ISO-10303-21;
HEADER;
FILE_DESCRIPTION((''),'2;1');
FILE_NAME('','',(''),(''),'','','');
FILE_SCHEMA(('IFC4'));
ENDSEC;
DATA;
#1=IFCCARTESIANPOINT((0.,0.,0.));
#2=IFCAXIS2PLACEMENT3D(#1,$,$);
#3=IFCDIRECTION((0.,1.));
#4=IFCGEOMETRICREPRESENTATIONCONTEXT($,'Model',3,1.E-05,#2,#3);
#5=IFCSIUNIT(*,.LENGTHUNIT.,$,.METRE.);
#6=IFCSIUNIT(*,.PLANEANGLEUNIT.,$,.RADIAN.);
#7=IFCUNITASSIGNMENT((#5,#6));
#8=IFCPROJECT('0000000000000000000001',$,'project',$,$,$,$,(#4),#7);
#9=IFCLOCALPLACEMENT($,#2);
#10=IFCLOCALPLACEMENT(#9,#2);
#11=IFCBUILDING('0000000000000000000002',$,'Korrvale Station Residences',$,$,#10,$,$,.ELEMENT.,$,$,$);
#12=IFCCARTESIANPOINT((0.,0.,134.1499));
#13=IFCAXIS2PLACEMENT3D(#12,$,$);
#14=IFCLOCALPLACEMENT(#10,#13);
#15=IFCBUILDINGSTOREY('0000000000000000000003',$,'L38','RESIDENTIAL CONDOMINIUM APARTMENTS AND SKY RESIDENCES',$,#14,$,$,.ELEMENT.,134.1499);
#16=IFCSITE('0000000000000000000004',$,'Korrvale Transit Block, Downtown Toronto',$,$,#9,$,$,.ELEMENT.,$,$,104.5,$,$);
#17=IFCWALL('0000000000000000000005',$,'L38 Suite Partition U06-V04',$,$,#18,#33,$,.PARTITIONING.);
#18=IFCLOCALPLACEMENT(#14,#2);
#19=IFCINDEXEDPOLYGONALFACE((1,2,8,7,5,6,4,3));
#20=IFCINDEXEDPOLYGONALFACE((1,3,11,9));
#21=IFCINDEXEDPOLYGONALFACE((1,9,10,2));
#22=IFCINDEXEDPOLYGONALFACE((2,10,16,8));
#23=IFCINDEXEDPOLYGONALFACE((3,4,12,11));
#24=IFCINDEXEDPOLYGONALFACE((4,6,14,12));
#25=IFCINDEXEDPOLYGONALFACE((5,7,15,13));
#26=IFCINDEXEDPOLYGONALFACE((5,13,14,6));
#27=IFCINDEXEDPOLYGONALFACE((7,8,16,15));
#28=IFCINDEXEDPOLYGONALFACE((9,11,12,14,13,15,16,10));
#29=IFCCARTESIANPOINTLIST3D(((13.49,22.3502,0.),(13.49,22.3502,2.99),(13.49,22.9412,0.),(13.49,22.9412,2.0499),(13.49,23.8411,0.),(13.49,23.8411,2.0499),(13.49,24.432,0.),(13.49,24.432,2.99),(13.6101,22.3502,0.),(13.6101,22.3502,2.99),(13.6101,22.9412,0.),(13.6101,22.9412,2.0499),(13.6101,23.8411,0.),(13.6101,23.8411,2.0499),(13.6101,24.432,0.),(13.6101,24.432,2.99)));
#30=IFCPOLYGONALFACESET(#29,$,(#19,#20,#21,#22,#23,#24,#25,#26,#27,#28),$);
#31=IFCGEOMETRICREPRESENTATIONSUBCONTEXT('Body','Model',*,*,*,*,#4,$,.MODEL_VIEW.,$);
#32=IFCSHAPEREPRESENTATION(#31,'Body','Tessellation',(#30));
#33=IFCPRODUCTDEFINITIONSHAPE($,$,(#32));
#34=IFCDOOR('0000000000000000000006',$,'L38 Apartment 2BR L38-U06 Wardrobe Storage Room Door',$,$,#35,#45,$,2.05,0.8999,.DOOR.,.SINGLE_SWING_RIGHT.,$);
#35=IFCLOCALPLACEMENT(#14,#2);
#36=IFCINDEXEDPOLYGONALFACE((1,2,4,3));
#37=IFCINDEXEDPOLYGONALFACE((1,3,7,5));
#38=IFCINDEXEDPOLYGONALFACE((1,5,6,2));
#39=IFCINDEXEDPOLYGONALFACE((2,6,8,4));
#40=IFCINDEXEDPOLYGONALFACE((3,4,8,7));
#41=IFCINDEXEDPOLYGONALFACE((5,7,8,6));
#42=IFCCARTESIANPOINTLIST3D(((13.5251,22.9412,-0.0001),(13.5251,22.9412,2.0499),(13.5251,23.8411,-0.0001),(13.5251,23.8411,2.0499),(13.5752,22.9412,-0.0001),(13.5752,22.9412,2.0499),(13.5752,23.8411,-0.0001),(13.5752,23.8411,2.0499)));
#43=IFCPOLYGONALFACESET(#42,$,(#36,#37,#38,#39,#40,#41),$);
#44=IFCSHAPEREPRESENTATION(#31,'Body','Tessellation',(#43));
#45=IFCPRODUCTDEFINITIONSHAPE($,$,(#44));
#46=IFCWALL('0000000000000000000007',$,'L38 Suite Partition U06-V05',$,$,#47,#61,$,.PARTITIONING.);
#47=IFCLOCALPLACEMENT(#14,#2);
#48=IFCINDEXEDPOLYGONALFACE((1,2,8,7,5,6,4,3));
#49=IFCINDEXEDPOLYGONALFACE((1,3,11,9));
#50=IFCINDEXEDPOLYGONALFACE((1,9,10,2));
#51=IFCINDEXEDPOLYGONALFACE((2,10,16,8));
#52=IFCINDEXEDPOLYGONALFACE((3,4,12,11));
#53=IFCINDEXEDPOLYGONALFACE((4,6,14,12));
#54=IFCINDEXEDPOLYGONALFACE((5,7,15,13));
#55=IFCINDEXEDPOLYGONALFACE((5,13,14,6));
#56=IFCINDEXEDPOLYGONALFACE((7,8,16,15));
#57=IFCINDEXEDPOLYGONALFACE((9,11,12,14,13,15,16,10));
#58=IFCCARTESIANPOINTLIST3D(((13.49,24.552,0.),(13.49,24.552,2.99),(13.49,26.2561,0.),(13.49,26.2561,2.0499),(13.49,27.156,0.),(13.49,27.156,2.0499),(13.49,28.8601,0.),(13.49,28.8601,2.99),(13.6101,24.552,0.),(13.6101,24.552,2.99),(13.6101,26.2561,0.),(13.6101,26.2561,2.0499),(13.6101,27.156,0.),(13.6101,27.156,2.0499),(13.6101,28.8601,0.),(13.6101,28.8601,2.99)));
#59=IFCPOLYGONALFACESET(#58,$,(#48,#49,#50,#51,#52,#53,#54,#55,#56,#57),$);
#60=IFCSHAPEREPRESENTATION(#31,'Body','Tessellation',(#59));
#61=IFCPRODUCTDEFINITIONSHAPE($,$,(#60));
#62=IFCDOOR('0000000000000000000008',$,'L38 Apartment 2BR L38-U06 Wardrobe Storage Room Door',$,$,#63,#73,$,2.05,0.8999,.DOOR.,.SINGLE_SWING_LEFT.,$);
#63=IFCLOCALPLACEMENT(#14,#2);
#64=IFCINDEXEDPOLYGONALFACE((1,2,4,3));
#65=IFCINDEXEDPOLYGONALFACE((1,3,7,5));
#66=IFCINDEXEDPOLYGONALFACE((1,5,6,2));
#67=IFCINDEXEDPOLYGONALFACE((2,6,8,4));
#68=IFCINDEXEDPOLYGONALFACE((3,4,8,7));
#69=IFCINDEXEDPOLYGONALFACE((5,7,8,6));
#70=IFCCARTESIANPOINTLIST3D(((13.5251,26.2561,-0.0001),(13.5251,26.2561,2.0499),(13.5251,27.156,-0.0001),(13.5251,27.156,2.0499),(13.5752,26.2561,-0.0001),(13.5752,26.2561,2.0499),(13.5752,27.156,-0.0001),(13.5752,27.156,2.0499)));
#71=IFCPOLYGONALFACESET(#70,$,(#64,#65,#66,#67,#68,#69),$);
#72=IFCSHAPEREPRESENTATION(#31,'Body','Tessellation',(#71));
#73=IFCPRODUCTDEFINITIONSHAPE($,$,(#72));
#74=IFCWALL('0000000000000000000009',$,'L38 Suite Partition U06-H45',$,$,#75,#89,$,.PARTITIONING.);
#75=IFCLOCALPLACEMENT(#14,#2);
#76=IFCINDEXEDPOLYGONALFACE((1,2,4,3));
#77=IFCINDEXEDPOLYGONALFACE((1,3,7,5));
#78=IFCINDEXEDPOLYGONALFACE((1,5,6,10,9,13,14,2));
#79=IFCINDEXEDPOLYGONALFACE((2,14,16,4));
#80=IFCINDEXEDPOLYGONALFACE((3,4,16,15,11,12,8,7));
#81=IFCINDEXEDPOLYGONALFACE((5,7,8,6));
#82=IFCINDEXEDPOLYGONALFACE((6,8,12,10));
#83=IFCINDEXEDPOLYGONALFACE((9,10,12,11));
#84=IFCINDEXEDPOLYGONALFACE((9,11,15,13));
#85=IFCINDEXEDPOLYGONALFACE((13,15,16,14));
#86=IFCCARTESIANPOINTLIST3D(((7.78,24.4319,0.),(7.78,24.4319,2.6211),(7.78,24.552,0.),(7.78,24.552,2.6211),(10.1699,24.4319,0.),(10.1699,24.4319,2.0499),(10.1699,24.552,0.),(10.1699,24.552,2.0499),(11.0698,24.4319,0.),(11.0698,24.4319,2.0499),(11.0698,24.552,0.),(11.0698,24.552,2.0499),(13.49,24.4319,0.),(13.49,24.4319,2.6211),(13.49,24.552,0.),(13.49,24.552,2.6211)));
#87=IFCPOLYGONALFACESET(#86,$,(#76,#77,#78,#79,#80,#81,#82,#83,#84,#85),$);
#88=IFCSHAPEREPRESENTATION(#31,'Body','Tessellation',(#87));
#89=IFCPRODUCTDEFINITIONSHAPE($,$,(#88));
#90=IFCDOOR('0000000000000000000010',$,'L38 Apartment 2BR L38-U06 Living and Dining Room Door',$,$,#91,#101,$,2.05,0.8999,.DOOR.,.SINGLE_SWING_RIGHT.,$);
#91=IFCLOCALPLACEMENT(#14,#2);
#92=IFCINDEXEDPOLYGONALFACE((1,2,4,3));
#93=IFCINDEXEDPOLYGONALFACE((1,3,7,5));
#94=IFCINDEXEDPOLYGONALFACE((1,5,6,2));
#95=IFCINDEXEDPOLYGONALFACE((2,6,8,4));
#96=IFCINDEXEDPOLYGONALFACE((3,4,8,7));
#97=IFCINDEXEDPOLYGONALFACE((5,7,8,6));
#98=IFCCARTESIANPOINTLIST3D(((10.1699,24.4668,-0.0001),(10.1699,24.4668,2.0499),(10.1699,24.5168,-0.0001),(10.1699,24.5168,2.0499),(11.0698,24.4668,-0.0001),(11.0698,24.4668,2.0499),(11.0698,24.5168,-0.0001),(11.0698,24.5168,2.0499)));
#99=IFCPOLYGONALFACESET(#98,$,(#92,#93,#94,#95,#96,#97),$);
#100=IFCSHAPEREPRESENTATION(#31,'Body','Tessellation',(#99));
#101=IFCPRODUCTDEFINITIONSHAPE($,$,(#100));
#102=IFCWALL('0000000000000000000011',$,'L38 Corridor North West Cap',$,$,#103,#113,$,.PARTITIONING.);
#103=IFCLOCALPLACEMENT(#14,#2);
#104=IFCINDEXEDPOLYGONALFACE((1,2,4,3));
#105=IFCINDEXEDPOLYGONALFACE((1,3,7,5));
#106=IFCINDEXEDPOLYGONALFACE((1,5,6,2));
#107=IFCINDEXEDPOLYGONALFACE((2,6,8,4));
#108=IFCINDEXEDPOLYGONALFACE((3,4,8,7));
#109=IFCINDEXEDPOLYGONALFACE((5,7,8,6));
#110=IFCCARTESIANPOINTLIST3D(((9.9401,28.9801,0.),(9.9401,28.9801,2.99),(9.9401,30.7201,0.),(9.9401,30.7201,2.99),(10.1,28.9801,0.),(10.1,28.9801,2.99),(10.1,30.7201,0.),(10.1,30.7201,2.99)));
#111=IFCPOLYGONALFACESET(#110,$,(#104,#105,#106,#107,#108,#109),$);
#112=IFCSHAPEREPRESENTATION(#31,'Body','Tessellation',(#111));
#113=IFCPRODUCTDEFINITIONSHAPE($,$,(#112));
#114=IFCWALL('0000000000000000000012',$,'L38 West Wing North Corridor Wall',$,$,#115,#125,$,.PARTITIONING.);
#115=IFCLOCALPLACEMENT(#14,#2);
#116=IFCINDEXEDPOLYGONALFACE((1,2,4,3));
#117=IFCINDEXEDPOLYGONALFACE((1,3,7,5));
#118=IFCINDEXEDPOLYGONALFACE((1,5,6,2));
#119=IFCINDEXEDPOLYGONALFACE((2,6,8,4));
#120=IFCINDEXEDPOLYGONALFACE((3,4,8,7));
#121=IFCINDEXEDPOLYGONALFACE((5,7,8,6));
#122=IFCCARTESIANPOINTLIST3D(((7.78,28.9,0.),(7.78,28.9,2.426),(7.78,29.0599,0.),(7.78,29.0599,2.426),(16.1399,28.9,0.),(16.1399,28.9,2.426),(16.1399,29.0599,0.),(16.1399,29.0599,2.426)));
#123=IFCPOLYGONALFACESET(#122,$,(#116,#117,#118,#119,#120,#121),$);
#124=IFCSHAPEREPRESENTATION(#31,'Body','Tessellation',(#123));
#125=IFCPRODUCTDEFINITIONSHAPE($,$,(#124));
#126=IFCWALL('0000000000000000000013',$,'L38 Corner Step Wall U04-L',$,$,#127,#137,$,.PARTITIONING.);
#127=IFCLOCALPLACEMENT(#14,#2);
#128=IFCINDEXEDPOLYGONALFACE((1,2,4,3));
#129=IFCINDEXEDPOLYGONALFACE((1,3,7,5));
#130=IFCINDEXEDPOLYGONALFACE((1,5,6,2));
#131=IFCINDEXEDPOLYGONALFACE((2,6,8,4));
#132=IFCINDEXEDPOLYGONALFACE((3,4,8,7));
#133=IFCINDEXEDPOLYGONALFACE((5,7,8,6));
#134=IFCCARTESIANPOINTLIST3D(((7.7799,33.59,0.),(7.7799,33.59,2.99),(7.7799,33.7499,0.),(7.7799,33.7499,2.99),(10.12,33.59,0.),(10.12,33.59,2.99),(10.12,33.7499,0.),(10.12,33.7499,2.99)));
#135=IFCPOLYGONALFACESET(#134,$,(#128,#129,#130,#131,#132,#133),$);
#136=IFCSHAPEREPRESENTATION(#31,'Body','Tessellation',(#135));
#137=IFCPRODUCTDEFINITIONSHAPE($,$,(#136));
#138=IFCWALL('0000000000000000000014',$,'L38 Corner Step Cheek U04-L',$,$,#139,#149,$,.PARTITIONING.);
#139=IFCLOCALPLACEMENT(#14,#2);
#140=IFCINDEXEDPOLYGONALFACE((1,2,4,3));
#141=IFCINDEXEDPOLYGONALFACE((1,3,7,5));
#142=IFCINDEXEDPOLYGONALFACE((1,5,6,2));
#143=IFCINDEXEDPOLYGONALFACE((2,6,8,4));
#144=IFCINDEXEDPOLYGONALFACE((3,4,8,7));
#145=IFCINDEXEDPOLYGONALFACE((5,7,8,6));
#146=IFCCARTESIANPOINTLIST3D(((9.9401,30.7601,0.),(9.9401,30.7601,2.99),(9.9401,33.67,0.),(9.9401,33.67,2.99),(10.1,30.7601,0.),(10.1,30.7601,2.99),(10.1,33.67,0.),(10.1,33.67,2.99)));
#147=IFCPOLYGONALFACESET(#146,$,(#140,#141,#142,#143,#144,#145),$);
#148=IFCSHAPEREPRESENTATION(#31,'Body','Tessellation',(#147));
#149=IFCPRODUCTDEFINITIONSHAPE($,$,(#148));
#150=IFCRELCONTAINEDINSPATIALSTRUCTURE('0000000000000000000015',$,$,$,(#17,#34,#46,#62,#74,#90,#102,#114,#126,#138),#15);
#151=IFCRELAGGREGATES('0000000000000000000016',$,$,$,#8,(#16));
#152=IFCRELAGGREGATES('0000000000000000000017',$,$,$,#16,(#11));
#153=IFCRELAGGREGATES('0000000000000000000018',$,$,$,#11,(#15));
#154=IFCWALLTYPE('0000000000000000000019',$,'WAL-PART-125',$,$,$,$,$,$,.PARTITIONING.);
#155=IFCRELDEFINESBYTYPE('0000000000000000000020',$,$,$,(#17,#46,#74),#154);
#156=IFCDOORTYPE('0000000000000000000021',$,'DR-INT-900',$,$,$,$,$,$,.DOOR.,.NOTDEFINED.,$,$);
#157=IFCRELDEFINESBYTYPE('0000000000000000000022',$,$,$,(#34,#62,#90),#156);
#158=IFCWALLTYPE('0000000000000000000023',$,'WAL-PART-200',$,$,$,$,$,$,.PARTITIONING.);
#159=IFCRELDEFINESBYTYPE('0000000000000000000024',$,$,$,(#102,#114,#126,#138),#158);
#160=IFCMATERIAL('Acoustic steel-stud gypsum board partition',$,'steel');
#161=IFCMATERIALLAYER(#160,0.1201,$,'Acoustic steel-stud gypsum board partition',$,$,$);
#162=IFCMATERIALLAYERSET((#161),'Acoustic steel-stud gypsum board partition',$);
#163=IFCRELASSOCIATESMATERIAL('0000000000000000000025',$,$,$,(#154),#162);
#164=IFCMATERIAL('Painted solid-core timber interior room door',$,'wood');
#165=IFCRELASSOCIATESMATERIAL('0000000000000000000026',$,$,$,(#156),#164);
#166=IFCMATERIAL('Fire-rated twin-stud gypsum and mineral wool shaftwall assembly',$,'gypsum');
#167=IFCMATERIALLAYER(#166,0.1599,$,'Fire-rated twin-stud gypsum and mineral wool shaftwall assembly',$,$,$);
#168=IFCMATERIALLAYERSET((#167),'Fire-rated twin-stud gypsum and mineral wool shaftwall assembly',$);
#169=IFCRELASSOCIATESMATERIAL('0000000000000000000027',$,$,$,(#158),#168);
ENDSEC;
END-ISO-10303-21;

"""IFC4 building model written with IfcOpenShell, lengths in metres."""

from ifc_helpers import new_model, si_unit, direction, frame, frame_2d, origin, place, context, subcontext, project, spatial, rectangle, extrude, material, layer, layer_set, type_object, element, fill, save


model = new_model("IFC4")

# Units and contexts
model_context = context("Model", 3, precision=1e-05, world=origin(), true_north=direction((0.0, 1.0)))
body_context = subcontext(model_context, "Body", "Model", "MODEL_VIEW")
ifc_project = project(units=[si_unit("LENGTHUNIT", "METRE"), si_unit("PLANEANGLEUNIT", "RADIAN")], contexts=[model_context])

# Site, building, storey
site_placement = place(None, origin())
site = spatial("IfcSite", under=ifc_project, at=site_placement, Name="Korrvale Transit Block, Downtown Toronto", CompositionType="ELEMENT", RefElevation=104.5)
building_placement = place(site_placement, origin())
building = spatial("IfcBuilding", under=site, at=building_placement, Name="Korrvale Station Residences", CompositionType="ELEMENT")
storey_placement = place(building_placement, frame((0.0, 0.0, 134.1499)))
storey = spatial("IfcBuildingStorey", under=building, at=storey_placement, Name="L38", Description="RESIDENTIAL CONDOMINIUM APARTMENTS AND SKY RESIDENCES", CompositionType="ELEMENT", Elevation=134.1499)

# Walls, openings, doors
ifc_material_1 = material(Name="Acoustic steel-stud gypsum board partition", Category="steel")
ifc_layer_1 = layer(ifc_material_1, 0.1201, Name="Acoustic steel-stud gypsum board partition")
ifc_layer_set_1 = layer_set([ifc_layer_1], Name="Acoustic steel-stud gypsum board partition")
wall_type_1 = type_object("IfcWallType", Name="WAL-PART-125", PredefinedType="PARTITIONING", material=ifc_layer_set_1)
ifc_material_2 = material(Name="Painted solid-core timber interior room door", Category="wood")
door_type_1 = type_object("IfcDoorType", Name="DR-INT-900", OperationType="NOTDEFINED", PredefinedType="DOOR", material=ifc_material_2)
wall_1_placement = place(storey_placement, frame((13.55, 22.3501, 0.0), z_axis=(0.0, 0.0, 1.0), x_axis=(0.0, 1.0, 0.0)))
wall_1 = element("IfcWall", 1, at=wall_1_placement, inside=storey, type_object=wall_type_1, Name="L38 Suite Partition U06-V04", PredefinedType="PARTITIONING", context=body_context, shape_type="SweptSolid", body=[
    extrude(rectangle(XDim=2.0818, YDim=0.1201, at=frame_2d((1.041, 0.0))), origin(), (0.0, 0.0, 1.0), 2.99),
])
opening_1_placement = place(wall_1_placement, frame((0.5911, 0.0, 0.0)))
opening_1 = element("IfcOpeningElement", 2, at=opening_1_placement, cuts=wall_1, PredefinedType="OPENING", context=body_context, shape_type="SweptSolid", body=[
    extrude(rectangle(XDim=0.8999, YDim=2.05, at=frame_2d((0.45, 1.0249))), frame((0.0, 0.0701, 0.0), z_axis=(0.0, -1.0, 0.0), x_axis=(1.0, 0.0, 0.0)), (0.0, 0.0, 1.0), 0.1401),
])
door_1_placement = place(opening_1_placement, origin())
door_1 = element("IfcDoor", 3, at=door_1_placement, inside=storey, type_object=door_type_1, Name="L38 Apartment 2BR L38-U06 Wardrobe Storage Room Door", OperationType="SINGLE_SWING_RIGHT", OverallHeight=2.05, OverallWidth=0.8999, PredefinedType="DOOR", context=body_context, shape_type="SweptSolid", body=[
    extrude(rectangle(XDim=0.8999, YDim=2.05, at=frame_2d((0.45, 1.0249))), frame((0.0, 0.0249, 0.0), z_axis=(0.0, -1.0, 0.0), x_axis=(1.0, 0.0, 0.0)), (0.0, 0.0, 1.0), 0.05),
])
fill(opening_1, door_1)
wall_2_placement = place(storey_placement, frame((13.55, 24.552, 0.0), z_axis=(0.0, 0.0, 1.0), x_axis=(0.0, 1.0, 0.0)))
wall_2 = element("IfcWall", 4, at=wall_2_placement, inside=storey, type_object=wall_type_1, Name="L38 Suite Partition U06-V05", PredefinedType="PARTITIONING", context=body_context, shape_type="SweptSolid", body=[
    extrude(rectangle(XDim=4.3081, YDim=0.1201, at=frame_2d((2.1541, 0.0))), origin(), (0.0, 0.0, 1.0), 2.99),
])
opening_2_placement = place(wall_2_placement, frame((1.7041, 0.0, 0.0)))
opening_2 = element("IfcOpeningElement", 5, at=opening_2_placement, cuts=wall_2, PredefinedType="OPENING", context=body_context, shape_type="SweptSolid", body=[
    extrude(rectangle(XDim=0.8999, YDim=2.05, at=frame_2d((0.45, 1.0249))), frame((0.0, 0.0701, 0.0), z_axis=(0.0, -1.0, 0.0), x_axis=(1.0, 0.0, 0.0)), (0.0, 0.0, 1.0), 0.1401),
])
door_2_placement = place(opening_2_placement, origin())
door_2 = element("IfcDoor", 6, at=door_2_placement, inside=storey, type_object=door_type_1, Name="L38 Apartment 2BR L38-U06 Wardrobe Storage Room Door", OperationType="SINGLE_SWING_LEFT", OverallHeight=2.05, OverallWidth=0.8999, PredefinedType="DOOR", context=body_context, shape_type="SweptSolid", body=[
    extrude(rectangle(XDim=0.8999, YDim=2.05, at=frame_2d((0.45, 1.0249))), frame((0.0, 0.0249, 0.0), z_axis=(0.0, -1.0, 0.0), x_axis=(1.0, 0.0, 0.0)), (0.0, 0.0, 1.0), 0.05),
])
fill(opening_2, door_2)
wall_3_placement = place(storey_placement, frame((7.78, 24.4919, 0.0), z_axis=(0.0, 0.0, 1.0), x_axis=(1.0, 0.0, 0.0)))
wall_3 = element("IfcWall", 7, at=wall_3_placement, inside=storey, type_object=wall_type_1, Name="L38 Suite Partition U06-H45", PredefinedType="PARTITIONING", context=body_context, shape_type="SweptSolid", body=[
    extrude(rectangle(XDim=5.71, YDim=0.1201, at=frame_2d((2.855, 0.0))), origin(), (0.0, 0.0, 1.0), 2.6211),
])
opening_3_placement = place(wall_3_placement, frame((2.3899, 0.0, 0.0)))
opening_3 = element("IfcOpeningElement", 8, at=opening_3_placement, cuts=wall_3, PredefinedType="OPENING", context=body_context, shape_type="SweptSolid", body=[
    extrude(rectangle(XDim=0.8999, YDim=2.05, at=frame_2d((0.45, 1.0249))), frame((0.0, 0.0701, 0.0), z_axis=(0.0, -1.0, 0.0), x_axis=(1.0, 0.0, 0.0)), (0.0, 0.0, 1.0), 0.1401),
])
door_3_placement = place(opening_3_placement, origin())
door_3 = element("IfcDoor", 9, at=door_3_placement, inside=storey, type_object=door_type_1, Name="L38 Apartment 2BR L38-U06 Living and Dining Room Door", OperationType="SINGLE_SWING_RIGHT", OverallHeight=2.05, OverallWidth=0.8999, PredefinedType="DOOR", context=body_context, shape_type="SweptSolid", body=[
    extrude(rectangle(XDim=0.8999, YDim=2.05, at=frame_2d((0.45, 1.0249))), frame((0.0, 0.0249, 0.0), z_axis=(0.0, -1.0, 0.0), x_axis=(1.0, 0.0, 0.0)), (0.0, 0.0, 1.0), 0.05),
])
fill(opening_3, door_3)

# Walls
ifc_material_3 = material(Name="Fire-rated twin-stud gypsum and mineral wool shaftwall assembly", Category="gypsum")
ifc_layer_2 = layer(ifc_material_3, 0.1599, Name="Fire-rated twin-stud gypsum and mineral wool shaftwall assembly")
ifc_layer_set_2 = layer_set([ifc_layer_2], Name="Fire-rated twin-stud gypsum and mineral wool shaftwall assembly")
wall_type_2 = type_object("IfcWallType", Name="WAL-PART-200", PredefinedType="PARTITIONING", material=ifc_layer_set_2)
wall_4_placement = place(storey_placement, frame((10.02, 28.98, 0.0), z_axis=(0.0, 0.0, 1.0), x_axis=(0.0, 1.0, 0.0)))
element("IfcWall", 10, at=wall_4_placement, inside=storey, type_object=wall_type_2, Name="L38 Corridor North West Cap", PredefinedType="PARTITIONING", context=body_context, shape_type="SweptSolid", body=[
    extrude(rectangle(XDim=1.74, YDim=0.1599, at=frame_2d((0.8701, 0.0))), origin(), (0.0, 0.0, 1.0), 2.99),
])
wall_5_placement = place(storey_placement, frame((7.78, 28.98, 0.0), z_axis=(0.0, 0.0, 1.0), x_axis=(1.0, 0.0, 0.0)))
element("IfcWall", 11, at=wall_5_placement, inside=storey, type_object=wall_type_2, Name="L38 West Wing North Corridor Wall", PredefinedType="PARTITIONING", context=body_context, shape_type="SweptSolid", body=[
    extrude(rectangle(XDim=8.3599, YDim=0.1599, at=frame_2d((4.1799, 0.0))), origin(), (0.0, 0.0, 1.0), 2.426),
])
wall_6_placement = place(storey_placement, frame((7.78, 33.6699, 0.0), z_axis=(0.0, 0.0, 1.0), x_axis=(1.0, 0.0, 0.0)))
element("IfcWall", 12, at=wall_6_placement, inside=storey, type_object=wall_type_2, Name="L38 Corner Step Wall U04-L", PredefinedType="PARTITIONING", context=body_context, shape_type="SweptSolid", body=[
    extrude(rectangle(XDim=2.3401, YDim=0.1599, at=frame_2d((1.1699, 0.0))), origin(), (0.0, 0.0, 1.0), 2.99),
])
wall_7_placement = place(storey_placement, frame((10.02, 30.76, 0.0), z_axis=(0.0, 0.0, 1.0), x_axis=(0.0, 1.0, 0.0)))
element("IfcWall", 13, at=wall_7_placement, inside=storey, type_object=wall_type_2, Name="L38 Corner Step Cheek U04-L", PredefinedType="PARTITIONING", context=body_context, shape_type="SweptSolid", body=[
    extrude(rectangle(XDim=2.9099, YDim=0.1599, at=frame_2d((1.4551, 0.0))), origin(), (0.0, 0.0, 1.0), 2.99),
])

save(model, "model.ifc")
